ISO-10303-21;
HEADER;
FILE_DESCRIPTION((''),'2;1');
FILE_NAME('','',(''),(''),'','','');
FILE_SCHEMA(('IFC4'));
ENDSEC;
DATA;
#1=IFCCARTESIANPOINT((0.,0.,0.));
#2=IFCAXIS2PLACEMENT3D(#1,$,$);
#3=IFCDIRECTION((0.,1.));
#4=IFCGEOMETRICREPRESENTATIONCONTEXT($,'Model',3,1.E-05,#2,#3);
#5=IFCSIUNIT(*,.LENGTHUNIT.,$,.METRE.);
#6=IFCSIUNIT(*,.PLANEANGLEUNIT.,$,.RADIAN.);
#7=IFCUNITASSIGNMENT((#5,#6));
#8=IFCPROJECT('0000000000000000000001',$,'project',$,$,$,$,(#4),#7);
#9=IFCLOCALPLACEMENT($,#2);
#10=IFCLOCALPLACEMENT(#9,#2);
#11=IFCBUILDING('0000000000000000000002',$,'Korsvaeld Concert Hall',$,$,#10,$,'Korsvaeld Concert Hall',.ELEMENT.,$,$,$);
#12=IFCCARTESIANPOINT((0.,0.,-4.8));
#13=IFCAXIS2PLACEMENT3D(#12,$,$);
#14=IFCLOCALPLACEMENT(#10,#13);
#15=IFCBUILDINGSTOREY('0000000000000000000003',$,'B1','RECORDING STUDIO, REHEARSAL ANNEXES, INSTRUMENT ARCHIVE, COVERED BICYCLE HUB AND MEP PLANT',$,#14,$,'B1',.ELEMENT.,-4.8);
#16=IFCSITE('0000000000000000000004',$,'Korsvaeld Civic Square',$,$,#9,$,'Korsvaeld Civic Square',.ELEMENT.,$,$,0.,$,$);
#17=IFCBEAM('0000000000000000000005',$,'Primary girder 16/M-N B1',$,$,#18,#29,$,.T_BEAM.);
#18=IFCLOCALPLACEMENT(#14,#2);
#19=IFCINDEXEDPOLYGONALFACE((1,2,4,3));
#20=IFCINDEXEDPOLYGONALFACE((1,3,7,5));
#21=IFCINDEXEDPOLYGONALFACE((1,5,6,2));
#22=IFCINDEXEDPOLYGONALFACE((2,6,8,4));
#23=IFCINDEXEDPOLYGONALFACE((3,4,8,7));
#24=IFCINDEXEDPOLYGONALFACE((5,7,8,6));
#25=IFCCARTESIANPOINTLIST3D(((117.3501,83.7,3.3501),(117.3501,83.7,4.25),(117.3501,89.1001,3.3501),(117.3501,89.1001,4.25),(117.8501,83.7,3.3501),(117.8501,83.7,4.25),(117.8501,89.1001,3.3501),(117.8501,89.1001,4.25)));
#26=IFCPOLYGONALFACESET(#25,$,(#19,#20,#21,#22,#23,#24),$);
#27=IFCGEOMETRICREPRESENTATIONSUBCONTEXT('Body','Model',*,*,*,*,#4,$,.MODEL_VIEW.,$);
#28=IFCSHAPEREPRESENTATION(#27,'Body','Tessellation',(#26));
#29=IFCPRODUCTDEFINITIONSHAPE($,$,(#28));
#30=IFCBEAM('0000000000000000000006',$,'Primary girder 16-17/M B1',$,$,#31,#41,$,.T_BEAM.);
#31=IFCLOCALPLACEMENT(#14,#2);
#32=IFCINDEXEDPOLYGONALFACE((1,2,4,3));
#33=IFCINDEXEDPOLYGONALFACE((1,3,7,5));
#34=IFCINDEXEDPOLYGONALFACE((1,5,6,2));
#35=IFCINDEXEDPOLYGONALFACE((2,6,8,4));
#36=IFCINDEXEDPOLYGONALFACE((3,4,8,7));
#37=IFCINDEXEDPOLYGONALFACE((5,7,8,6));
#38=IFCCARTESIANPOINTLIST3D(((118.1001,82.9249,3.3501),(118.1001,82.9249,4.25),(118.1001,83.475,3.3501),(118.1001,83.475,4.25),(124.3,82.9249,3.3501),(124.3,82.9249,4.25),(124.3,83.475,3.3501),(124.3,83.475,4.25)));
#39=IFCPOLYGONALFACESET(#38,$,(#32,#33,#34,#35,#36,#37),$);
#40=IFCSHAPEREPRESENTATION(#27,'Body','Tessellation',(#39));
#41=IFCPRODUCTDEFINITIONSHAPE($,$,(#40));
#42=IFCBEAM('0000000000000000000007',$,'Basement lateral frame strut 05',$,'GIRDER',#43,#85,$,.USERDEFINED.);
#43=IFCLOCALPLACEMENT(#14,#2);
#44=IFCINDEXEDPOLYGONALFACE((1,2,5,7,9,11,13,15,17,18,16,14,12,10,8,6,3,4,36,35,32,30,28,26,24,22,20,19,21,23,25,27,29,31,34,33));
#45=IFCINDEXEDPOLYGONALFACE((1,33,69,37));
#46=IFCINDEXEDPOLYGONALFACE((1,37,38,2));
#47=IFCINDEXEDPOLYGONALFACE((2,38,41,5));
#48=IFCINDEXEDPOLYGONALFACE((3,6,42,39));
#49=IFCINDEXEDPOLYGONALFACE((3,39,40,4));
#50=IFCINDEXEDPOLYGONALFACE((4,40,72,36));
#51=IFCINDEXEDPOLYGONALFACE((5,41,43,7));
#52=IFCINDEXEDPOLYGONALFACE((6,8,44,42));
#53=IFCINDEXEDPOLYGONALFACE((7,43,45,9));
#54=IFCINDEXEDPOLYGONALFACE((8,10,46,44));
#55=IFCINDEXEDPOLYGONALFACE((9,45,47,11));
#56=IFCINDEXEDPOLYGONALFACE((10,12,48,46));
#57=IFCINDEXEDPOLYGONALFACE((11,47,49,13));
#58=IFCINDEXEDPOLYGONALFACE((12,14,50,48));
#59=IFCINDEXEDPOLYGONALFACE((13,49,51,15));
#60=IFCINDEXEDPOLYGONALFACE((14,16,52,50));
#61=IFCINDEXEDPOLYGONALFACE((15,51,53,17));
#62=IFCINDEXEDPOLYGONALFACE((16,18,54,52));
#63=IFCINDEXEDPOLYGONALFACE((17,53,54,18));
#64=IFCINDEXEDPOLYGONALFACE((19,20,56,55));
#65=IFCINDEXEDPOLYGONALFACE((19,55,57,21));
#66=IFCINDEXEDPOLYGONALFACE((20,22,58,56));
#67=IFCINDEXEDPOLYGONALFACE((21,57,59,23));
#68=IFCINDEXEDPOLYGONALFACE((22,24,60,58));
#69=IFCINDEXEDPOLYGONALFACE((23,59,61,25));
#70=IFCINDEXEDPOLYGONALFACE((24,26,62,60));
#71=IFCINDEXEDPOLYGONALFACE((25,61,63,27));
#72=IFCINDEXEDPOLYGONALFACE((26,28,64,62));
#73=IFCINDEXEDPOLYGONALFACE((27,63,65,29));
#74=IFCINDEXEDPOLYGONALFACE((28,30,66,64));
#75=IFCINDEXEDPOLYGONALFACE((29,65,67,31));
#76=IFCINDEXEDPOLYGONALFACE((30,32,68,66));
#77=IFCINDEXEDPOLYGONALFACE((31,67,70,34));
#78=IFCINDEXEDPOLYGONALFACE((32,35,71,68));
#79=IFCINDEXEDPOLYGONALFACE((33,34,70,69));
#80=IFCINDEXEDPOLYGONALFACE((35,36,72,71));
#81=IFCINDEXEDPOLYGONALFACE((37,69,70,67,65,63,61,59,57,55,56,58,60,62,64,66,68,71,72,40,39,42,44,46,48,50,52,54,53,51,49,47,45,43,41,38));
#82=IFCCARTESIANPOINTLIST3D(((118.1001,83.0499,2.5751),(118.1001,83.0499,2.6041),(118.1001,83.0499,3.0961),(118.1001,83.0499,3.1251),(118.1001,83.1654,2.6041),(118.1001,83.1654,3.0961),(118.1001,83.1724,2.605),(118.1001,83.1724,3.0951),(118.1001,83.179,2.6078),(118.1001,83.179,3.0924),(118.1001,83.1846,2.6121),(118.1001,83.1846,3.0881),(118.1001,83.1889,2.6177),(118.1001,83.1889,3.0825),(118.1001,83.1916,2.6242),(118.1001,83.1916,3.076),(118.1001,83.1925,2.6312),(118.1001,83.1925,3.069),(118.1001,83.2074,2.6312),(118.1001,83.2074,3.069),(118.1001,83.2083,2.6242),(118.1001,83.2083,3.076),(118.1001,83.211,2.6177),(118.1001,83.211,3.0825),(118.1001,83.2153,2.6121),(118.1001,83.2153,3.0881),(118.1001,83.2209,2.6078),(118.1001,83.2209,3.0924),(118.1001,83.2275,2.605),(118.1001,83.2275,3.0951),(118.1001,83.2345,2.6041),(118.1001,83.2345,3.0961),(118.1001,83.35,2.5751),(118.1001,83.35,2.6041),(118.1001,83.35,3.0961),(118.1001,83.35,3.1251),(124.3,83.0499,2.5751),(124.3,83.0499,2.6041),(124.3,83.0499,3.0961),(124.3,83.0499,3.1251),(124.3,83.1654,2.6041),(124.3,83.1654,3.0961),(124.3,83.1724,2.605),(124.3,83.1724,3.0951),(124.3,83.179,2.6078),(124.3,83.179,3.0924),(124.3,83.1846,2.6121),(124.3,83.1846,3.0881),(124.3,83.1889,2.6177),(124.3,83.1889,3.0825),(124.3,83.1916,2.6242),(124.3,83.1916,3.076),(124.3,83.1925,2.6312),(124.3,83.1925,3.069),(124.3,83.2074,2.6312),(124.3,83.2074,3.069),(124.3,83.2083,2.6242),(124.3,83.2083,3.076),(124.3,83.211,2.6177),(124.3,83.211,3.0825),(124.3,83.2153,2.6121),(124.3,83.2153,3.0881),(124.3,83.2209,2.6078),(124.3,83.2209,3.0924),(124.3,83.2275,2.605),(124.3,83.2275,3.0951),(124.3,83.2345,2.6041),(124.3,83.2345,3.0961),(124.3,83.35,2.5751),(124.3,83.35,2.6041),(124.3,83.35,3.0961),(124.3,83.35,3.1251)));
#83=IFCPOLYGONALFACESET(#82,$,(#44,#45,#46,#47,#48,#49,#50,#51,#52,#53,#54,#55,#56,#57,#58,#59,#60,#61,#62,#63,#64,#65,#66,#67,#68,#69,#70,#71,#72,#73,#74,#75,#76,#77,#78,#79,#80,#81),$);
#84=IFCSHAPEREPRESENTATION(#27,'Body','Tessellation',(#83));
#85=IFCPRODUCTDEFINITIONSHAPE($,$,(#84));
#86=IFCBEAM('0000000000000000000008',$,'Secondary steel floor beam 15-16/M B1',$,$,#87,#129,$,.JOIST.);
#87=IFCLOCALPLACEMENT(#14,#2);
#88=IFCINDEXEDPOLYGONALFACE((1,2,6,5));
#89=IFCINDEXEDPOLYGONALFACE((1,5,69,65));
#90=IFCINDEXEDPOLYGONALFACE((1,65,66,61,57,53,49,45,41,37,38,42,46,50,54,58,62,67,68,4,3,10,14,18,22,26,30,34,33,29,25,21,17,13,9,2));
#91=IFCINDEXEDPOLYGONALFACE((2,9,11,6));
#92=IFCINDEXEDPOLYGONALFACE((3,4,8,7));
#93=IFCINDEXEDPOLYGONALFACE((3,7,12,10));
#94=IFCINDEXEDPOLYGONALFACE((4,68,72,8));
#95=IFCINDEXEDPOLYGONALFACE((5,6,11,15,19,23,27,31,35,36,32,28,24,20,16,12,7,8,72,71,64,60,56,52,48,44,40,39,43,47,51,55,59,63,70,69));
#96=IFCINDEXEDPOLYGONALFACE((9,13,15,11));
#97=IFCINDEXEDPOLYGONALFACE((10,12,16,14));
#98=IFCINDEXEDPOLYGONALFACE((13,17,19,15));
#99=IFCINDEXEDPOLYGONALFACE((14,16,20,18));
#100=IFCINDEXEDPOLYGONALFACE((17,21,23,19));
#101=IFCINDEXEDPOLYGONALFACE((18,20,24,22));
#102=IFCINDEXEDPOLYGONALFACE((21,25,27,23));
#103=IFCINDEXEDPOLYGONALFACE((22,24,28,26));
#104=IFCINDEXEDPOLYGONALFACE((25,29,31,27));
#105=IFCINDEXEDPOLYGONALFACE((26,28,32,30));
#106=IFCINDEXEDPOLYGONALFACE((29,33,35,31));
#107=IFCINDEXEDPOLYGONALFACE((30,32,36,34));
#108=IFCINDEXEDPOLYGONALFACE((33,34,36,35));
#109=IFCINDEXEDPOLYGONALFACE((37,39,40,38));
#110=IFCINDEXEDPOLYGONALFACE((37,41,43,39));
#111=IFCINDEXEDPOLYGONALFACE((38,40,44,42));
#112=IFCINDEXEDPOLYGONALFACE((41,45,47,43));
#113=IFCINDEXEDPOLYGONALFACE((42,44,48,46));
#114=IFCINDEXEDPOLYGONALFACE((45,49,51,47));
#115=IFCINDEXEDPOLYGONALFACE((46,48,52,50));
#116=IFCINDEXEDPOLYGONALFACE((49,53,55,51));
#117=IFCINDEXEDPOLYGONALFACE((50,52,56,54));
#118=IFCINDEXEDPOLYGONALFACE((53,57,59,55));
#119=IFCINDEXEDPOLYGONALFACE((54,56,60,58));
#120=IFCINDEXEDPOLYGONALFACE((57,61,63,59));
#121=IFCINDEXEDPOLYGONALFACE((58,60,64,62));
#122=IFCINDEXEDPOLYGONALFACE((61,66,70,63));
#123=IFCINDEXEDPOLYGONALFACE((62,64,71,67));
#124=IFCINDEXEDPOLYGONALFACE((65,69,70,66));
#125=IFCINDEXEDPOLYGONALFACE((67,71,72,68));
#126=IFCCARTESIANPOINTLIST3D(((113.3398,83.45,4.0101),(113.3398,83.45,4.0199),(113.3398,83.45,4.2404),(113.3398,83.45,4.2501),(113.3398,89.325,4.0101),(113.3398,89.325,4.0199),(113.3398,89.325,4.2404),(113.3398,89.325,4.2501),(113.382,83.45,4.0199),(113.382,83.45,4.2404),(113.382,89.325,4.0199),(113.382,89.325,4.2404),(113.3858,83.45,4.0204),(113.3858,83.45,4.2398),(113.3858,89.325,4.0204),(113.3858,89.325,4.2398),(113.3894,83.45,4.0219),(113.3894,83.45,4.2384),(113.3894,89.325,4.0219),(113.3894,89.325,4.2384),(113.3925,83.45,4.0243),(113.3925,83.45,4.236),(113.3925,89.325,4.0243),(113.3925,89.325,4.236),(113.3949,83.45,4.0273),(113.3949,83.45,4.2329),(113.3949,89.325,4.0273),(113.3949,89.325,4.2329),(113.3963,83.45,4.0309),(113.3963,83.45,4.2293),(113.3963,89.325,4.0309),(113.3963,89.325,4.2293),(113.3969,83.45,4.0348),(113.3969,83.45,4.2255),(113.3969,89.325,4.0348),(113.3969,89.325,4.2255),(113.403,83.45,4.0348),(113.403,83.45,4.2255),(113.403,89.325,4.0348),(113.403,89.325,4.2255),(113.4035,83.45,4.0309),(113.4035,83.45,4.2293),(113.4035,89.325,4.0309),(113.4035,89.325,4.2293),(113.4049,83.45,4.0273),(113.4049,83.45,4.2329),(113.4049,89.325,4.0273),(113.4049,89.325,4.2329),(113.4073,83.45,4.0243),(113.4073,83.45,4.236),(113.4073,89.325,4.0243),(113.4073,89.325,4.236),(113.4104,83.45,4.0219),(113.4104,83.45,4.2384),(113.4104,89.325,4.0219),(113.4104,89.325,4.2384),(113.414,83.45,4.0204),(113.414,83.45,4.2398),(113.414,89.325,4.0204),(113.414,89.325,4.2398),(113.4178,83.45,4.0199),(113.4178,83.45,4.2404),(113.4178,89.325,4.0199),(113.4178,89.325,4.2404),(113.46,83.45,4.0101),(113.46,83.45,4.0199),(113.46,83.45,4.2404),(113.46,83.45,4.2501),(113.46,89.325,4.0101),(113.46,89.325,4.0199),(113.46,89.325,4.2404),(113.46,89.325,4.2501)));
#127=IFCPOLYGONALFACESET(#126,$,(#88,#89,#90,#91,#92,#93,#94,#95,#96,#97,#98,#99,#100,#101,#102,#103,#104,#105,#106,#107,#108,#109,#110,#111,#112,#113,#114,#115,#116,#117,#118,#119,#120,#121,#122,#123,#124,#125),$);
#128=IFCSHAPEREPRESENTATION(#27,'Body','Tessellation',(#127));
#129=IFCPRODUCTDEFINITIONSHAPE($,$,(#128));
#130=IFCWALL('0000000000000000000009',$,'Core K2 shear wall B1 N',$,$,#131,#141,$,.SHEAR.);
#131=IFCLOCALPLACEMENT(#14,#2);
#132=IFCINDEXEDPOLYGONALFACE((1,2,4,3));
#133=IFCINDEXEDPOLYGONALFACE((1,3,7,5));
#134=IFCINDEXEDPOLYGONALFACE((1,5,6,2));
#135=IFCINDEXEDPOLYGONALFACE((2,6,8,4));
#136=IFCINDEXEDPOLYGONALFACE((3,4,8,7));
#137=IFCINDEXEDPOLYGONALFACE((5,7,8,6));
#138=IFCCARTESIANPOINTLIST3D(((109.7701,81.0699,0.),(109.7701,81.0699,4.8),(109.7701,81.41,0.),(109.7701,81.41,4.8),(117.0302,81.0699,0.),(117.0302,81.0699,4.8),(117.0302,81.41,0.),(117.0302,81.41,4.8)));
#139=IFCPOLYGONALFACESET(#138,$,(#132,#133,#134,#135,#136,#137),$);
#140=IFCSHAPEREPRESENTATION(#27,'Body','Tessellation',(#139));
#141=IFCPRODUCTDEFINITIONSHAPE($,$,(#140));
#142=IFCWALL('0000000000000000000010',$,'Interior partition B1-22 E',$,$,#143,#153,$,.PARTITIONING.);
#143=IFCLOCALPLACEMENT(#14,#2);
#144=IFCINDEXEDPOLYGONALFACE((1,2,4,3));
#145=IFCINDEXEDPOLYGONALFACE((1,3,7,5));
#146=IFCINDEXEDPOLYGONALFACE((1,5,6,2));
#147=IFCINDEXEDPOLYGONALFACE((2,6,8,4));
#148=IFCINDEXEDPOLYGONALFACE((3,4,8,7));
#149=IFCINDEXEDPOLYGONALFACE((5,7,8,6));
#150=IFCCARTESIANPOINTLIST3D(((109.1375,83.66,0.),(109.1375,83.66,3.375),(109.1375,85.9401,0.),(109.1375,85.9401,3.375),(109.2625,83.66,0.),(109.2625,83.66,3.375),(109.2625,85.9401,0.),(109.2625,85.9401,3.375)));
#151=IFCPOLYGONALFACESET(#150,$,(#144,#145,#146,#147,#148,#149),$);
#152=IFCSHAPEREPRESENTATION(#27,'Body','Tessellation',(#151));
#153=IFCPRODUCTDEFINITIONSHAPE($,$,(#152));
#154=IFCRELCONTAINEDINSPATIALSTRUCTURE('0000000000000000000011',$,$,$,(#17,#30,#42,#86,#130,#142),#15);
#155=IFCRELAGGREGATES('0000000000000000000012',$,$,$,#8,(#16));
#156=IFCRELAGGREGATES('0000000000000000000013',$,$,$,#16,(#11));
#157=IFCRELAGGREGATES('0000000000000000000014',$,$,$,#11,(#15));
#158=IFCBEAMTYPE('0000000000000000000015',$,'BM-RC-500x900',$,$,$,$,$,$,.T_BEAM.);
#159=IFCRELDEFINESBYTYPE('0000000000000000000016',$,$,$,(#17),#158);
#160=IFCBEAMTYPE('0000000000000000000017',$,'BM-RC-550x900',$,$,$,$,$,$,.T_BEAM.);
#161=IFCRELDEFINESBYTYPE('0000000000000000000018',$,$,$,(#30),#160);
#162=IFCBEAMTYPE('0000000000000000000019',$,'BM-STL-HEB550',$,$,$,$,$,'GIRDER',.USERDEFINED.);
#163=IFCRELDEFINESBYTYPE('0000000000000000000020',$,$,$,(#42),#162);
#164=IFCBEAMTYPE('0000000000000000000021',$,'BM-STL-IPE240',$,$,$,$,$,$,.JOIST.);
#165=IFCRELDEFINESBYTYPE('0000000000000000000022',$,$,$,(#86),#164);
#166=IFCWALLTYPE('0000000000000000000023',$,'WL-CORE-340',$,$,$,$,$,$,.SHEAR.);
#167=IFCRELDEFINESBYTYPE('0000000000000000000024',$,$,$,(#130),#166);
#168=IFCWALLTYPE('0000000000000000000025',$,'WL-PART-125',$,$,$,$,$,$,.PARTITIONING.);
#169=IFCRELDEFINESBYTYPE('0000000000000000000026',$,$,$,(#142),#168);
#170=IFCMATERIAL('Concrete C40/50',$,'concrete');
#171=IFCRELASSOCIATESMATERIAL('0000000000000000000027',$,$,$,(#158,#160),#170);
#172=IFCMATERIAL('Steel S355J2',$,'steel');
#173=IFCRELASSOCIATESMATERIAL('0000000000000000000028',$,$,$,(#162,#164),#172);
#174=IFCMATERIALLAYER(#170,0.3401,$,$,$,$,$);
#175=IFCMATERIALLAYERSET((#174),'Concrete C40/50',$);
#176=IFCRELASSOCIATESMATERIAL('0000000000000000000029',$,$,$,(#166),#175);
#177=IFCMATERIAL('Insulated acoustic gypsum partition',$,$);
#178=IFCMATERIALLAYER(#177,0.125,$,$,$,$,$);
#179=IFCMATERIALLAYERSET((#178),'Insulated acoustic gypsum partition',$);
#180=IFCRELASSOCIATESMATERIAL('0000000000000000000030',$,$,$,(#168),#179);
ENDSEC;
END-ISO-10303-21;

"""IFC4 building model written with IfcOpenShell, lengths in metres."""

from ifc_helpers import new_model, si_unit, direction, frame, frame_2d, origin, origin_2d, place, context, subcontext, project, spatial, rectangle, i_section, extrude, material, layer, layer_set, material_profile, profile_set, type_object, element, save


model = new_model("IFC4")

# Units and contexts
model_context = context("Model", 3, precision=1e-05, world=origin(), true_north=direction((0.0, 1.0)))
body_context = subcontext(model_context, "Body", "Model", "MODEL_VIEW")
ifc_project = project(units=[si_unit("LENGTHUNIT", "METRE"), si_unit("PLANEANGLEUNIT", "RADIAN")], contexts=[model_context])

# Site, building, storey
site_placement = place(None, origin())
site = spatial("IfcSite", under=ifc_project, at=site_placement, Name="Korsvaeld Civic Square", LongName="Korsvaeld Civic Square", CompositionType="ELEMENT", RefElevation=0.0)
building_placement = place(site_placement, origin())
building = spatial("IfcBuilding", under=site, at=building_placement, Name="Korsvaeld Concert Hall", LongName="Korsvaeld Concert Hall", CompositionType="ELEMENT")
storey_placement = place(building_placement, frame((0.0, 0.0, -4.8)))
storey = spatial("IfcBuildingStorey", under=building, at=storey_placement, Name="B1", Description="RECORDING STUDIO, REHEARSAL ANNEXES, INSTRUMENT ARCHIVE, COVERED BICYCLE HUB AND MEP PLANT", LongName="B1", CompositionType="ELEMENT", Elevation=-4.8)

# Shared definitions
ifc_material_1 = material(Name="Concrete C40/50", Category="concrete")

# Beams
ifc_material_profile_1 = material_profile(ifc_material_1, rectangle(XDim=0.5, YDim=0.8999, at=origin_2d()), Name="RC 500x900")
ifc_profile_set_1 = profile_set([ifc_material_profile_1], Name="Concrete C40/50")
beam_type_1 = type_object("IfcBeamType", Name="BM-RC-500x900", PredefinedType="T_BEAM", material=ifc_profile_set_1)
beam_1_placement = place(storey_placement, frame((117.6001, 83.7, 3.8), z_axis=(0.0, 1.0, 0.0), x_axis=(-1.0, 0.0, 0.0)))
element("IfcBeam", 1, at=beam_1_placement, inside=storey, type_object=beam_type_1, Name="Primary girder 16/M-N B1", PredefinedType="T_BEAM", context=body_context, shape_type="SweptSolid", body=[
    extrude(rectangle(XDim=0.5, YDim=0.8999, at=origin_2d()), origin(), (0.0, 0.0, 1.0), 5.4001),
])
ifc_material_profile_2 = material_profile(ifc_material_1, rectangle(XDim=0.55, YDim=0.8999, at=origin_2d()), Name="RC 550x900")
ifc_profile_set_2 = profile_set([ifc_material_profile_2], Name="Concrete C40/50")
beam_type_2 = type_object("IfcBeamType", Name="BM-RC-550x900", PredefinedType="T_BEAM", material=ifc_profile_set_2)
beam_2_placement = place(storey_placement, frame((118.1001, 83.2, 3.8), z_axis=(1.0, 0.0, 0.0), x_axis=(0.0, 1.0, 0.0)))
element("IfcBeam", 2, at=beam_2_placement, inside=storey, type_object=beam_type_2, Name="Primary girder 16-17/M B1", PredefinedType="T_BEAM", context=body_context, shape_type="SweptSolid", body=[
    extrude(rectangle(XDim=0.55, YDim=0.8999, at=origin_2d()), origin(), (0.0, 0.0, 1.0), 6.2),
])
ifc_material_2 = material(Name="Steel S355J2", Category="steel")
ifc_material_profile_3 = material_profile(ifc_material_2, i_section(OverallWidth=0.3, OverallDepth=0.55, WebThickness=0.0149, FlangeThickness=0.0291, FilletRadius=0.0271, at=origin_2d()), Name="HEB 550")
ifc_profile_set_3 = profile_set([ifc_material_profile_3], Name="Steel S355J2")
beam_type_3 = type_object("IfcBeamType", Name="BM-STL-HEB550", ElementType="GIRDER", PredefinedType="USERDEFINED", material=ifc_profile_set_3)
beam_3_placement = place(storey_placement, frame((118.1001, 83.2, 2.8501), z_axis=(1.0, 0.0, 0.0), x_axis=(0.0, 1.0, 0.0)))
element("IfcBeam", 3, at=beam_3_placement, inside=storey, type_object=beam_type_3, Name="Basement lateral frame strut 05", ObjectType="GIRDER", PredefinedType="USERDEFINED", context=body_context, shape_type="SweptSolid", body=[
    extrude(i_section(OverallWidth=0.3, OverallDepth=0.55, WebThickness=0.0149, FlangeThickness=0.0291, FilletRadius=0.0271, at=origin_2d()), origin(), (0.0, 0.0, 1.0), 6.2),
])
ifc_material_profile_4 = material_profile(ifc_material_2, i_section(OverallWidth=0.1201, OverallDepth=0.24, WebThickness=0.0061, FlangeThickness=0.0098, FilletRadius=0.0149, at=origin_2d()), Name="IPE 240")
ifc_profile_set_4 = profile_set([ifc_material_profile_4], Name="Steel S355J2")
beam_type_4 = type_object("IfcBeamType", Name="BM-STL-IPE240", PredefinedType="JOIST", material=ifc_profile_set_4)
beam_4_placement = place(storey_placement, frame((113.3999, 83.45, 4.1301), z_axis=(0.0, 1.0, 0.0), x_axis=(-1.0, 0.0, 0.0)))
element("IfcBeam", 4, at=beam_4_placement, inside=storey, type_object=beam_type_4, Name="Secondary steel floor beam 15-16/M B1", PredefinedType="JOIST", context=body_context, shape_type="SweptSolid", body=[
    extrude(i_section(OverallWidth=0.1201, OverallDepth=0.24, WebThickness=0.0061, FlangeThickness=0.0098, FilletRadius=0.0149, at=origin_2d()), origin(), (0.0, 0.0, 1.0), 5.875),
])

# Wall
ifc_layer_1 = layer(ifc_material_1, 0.3401)
ifc_layer_set_1 = layer_set([ifc_layer_1], Name="Concrete C40/50")
wall_type_1 = type_object("IfcWallType", Name="WL-CORE-340", PredefinedType="SHEAR", material=ifc_layer_set_1)
wall_1_placement = place(storey_placement, frame((117.03, 81.24, 0.0), z_axis=(0.0, 0.0, 1.0), x_axis=(-1.0, 0.0, 0.0)))
element("IfcWall", 5, at=wall_1_placement, inside=storey, type_object=wall_type_1, Name="Core K2 shear wall B1 N", PredefinedType="SHEAR", context=body_context, shape_type="SweptSolid", body=[
    extrude(rectangle(XDim=7.26, YDim=0.3401, at=frame_2d((3.6299, 0.0))), origin(), (0.0, 0.0, 1.0), 4.8),
])

# Wall
ifc_material_3 = material(Name="Insulated acoustic gypsum partition")
ifc_layer_2 = layer(ifc_material_3, 0.125)
ifc_layer_set_2 = layer_set([ifc_layer_2], Name="Insulated acoustic gypsum partition")
wall_type_2 = type_object("IfcWallType", Name="WL-PART-125", PredefinedType="PARTITIONING", material=ifc_layer_set_2)
wall_2_placement = place(storey_placement, frame((109.2, 83.6599, 0.0), z_axis=(0.0, 0.0, 1.0), x_axis=(0.0, 1.0, 0.0)))
element("IfcWall", 6, at=wall_2_placement, inside=storey, type_object=wall_type_2, Name="Interior partition B1-22 E", PredefinedType="PARTITIONING", context=body_context, shape_type="SweptSolid", body=[
    extrude(rectangle(XDim=2.28, YDim=0.125, at=frame_2d((1.1401, 0.0))), origin(), (0.0, 0.0, 1.0), 3.375),
])

save(model, "model.ifc")
